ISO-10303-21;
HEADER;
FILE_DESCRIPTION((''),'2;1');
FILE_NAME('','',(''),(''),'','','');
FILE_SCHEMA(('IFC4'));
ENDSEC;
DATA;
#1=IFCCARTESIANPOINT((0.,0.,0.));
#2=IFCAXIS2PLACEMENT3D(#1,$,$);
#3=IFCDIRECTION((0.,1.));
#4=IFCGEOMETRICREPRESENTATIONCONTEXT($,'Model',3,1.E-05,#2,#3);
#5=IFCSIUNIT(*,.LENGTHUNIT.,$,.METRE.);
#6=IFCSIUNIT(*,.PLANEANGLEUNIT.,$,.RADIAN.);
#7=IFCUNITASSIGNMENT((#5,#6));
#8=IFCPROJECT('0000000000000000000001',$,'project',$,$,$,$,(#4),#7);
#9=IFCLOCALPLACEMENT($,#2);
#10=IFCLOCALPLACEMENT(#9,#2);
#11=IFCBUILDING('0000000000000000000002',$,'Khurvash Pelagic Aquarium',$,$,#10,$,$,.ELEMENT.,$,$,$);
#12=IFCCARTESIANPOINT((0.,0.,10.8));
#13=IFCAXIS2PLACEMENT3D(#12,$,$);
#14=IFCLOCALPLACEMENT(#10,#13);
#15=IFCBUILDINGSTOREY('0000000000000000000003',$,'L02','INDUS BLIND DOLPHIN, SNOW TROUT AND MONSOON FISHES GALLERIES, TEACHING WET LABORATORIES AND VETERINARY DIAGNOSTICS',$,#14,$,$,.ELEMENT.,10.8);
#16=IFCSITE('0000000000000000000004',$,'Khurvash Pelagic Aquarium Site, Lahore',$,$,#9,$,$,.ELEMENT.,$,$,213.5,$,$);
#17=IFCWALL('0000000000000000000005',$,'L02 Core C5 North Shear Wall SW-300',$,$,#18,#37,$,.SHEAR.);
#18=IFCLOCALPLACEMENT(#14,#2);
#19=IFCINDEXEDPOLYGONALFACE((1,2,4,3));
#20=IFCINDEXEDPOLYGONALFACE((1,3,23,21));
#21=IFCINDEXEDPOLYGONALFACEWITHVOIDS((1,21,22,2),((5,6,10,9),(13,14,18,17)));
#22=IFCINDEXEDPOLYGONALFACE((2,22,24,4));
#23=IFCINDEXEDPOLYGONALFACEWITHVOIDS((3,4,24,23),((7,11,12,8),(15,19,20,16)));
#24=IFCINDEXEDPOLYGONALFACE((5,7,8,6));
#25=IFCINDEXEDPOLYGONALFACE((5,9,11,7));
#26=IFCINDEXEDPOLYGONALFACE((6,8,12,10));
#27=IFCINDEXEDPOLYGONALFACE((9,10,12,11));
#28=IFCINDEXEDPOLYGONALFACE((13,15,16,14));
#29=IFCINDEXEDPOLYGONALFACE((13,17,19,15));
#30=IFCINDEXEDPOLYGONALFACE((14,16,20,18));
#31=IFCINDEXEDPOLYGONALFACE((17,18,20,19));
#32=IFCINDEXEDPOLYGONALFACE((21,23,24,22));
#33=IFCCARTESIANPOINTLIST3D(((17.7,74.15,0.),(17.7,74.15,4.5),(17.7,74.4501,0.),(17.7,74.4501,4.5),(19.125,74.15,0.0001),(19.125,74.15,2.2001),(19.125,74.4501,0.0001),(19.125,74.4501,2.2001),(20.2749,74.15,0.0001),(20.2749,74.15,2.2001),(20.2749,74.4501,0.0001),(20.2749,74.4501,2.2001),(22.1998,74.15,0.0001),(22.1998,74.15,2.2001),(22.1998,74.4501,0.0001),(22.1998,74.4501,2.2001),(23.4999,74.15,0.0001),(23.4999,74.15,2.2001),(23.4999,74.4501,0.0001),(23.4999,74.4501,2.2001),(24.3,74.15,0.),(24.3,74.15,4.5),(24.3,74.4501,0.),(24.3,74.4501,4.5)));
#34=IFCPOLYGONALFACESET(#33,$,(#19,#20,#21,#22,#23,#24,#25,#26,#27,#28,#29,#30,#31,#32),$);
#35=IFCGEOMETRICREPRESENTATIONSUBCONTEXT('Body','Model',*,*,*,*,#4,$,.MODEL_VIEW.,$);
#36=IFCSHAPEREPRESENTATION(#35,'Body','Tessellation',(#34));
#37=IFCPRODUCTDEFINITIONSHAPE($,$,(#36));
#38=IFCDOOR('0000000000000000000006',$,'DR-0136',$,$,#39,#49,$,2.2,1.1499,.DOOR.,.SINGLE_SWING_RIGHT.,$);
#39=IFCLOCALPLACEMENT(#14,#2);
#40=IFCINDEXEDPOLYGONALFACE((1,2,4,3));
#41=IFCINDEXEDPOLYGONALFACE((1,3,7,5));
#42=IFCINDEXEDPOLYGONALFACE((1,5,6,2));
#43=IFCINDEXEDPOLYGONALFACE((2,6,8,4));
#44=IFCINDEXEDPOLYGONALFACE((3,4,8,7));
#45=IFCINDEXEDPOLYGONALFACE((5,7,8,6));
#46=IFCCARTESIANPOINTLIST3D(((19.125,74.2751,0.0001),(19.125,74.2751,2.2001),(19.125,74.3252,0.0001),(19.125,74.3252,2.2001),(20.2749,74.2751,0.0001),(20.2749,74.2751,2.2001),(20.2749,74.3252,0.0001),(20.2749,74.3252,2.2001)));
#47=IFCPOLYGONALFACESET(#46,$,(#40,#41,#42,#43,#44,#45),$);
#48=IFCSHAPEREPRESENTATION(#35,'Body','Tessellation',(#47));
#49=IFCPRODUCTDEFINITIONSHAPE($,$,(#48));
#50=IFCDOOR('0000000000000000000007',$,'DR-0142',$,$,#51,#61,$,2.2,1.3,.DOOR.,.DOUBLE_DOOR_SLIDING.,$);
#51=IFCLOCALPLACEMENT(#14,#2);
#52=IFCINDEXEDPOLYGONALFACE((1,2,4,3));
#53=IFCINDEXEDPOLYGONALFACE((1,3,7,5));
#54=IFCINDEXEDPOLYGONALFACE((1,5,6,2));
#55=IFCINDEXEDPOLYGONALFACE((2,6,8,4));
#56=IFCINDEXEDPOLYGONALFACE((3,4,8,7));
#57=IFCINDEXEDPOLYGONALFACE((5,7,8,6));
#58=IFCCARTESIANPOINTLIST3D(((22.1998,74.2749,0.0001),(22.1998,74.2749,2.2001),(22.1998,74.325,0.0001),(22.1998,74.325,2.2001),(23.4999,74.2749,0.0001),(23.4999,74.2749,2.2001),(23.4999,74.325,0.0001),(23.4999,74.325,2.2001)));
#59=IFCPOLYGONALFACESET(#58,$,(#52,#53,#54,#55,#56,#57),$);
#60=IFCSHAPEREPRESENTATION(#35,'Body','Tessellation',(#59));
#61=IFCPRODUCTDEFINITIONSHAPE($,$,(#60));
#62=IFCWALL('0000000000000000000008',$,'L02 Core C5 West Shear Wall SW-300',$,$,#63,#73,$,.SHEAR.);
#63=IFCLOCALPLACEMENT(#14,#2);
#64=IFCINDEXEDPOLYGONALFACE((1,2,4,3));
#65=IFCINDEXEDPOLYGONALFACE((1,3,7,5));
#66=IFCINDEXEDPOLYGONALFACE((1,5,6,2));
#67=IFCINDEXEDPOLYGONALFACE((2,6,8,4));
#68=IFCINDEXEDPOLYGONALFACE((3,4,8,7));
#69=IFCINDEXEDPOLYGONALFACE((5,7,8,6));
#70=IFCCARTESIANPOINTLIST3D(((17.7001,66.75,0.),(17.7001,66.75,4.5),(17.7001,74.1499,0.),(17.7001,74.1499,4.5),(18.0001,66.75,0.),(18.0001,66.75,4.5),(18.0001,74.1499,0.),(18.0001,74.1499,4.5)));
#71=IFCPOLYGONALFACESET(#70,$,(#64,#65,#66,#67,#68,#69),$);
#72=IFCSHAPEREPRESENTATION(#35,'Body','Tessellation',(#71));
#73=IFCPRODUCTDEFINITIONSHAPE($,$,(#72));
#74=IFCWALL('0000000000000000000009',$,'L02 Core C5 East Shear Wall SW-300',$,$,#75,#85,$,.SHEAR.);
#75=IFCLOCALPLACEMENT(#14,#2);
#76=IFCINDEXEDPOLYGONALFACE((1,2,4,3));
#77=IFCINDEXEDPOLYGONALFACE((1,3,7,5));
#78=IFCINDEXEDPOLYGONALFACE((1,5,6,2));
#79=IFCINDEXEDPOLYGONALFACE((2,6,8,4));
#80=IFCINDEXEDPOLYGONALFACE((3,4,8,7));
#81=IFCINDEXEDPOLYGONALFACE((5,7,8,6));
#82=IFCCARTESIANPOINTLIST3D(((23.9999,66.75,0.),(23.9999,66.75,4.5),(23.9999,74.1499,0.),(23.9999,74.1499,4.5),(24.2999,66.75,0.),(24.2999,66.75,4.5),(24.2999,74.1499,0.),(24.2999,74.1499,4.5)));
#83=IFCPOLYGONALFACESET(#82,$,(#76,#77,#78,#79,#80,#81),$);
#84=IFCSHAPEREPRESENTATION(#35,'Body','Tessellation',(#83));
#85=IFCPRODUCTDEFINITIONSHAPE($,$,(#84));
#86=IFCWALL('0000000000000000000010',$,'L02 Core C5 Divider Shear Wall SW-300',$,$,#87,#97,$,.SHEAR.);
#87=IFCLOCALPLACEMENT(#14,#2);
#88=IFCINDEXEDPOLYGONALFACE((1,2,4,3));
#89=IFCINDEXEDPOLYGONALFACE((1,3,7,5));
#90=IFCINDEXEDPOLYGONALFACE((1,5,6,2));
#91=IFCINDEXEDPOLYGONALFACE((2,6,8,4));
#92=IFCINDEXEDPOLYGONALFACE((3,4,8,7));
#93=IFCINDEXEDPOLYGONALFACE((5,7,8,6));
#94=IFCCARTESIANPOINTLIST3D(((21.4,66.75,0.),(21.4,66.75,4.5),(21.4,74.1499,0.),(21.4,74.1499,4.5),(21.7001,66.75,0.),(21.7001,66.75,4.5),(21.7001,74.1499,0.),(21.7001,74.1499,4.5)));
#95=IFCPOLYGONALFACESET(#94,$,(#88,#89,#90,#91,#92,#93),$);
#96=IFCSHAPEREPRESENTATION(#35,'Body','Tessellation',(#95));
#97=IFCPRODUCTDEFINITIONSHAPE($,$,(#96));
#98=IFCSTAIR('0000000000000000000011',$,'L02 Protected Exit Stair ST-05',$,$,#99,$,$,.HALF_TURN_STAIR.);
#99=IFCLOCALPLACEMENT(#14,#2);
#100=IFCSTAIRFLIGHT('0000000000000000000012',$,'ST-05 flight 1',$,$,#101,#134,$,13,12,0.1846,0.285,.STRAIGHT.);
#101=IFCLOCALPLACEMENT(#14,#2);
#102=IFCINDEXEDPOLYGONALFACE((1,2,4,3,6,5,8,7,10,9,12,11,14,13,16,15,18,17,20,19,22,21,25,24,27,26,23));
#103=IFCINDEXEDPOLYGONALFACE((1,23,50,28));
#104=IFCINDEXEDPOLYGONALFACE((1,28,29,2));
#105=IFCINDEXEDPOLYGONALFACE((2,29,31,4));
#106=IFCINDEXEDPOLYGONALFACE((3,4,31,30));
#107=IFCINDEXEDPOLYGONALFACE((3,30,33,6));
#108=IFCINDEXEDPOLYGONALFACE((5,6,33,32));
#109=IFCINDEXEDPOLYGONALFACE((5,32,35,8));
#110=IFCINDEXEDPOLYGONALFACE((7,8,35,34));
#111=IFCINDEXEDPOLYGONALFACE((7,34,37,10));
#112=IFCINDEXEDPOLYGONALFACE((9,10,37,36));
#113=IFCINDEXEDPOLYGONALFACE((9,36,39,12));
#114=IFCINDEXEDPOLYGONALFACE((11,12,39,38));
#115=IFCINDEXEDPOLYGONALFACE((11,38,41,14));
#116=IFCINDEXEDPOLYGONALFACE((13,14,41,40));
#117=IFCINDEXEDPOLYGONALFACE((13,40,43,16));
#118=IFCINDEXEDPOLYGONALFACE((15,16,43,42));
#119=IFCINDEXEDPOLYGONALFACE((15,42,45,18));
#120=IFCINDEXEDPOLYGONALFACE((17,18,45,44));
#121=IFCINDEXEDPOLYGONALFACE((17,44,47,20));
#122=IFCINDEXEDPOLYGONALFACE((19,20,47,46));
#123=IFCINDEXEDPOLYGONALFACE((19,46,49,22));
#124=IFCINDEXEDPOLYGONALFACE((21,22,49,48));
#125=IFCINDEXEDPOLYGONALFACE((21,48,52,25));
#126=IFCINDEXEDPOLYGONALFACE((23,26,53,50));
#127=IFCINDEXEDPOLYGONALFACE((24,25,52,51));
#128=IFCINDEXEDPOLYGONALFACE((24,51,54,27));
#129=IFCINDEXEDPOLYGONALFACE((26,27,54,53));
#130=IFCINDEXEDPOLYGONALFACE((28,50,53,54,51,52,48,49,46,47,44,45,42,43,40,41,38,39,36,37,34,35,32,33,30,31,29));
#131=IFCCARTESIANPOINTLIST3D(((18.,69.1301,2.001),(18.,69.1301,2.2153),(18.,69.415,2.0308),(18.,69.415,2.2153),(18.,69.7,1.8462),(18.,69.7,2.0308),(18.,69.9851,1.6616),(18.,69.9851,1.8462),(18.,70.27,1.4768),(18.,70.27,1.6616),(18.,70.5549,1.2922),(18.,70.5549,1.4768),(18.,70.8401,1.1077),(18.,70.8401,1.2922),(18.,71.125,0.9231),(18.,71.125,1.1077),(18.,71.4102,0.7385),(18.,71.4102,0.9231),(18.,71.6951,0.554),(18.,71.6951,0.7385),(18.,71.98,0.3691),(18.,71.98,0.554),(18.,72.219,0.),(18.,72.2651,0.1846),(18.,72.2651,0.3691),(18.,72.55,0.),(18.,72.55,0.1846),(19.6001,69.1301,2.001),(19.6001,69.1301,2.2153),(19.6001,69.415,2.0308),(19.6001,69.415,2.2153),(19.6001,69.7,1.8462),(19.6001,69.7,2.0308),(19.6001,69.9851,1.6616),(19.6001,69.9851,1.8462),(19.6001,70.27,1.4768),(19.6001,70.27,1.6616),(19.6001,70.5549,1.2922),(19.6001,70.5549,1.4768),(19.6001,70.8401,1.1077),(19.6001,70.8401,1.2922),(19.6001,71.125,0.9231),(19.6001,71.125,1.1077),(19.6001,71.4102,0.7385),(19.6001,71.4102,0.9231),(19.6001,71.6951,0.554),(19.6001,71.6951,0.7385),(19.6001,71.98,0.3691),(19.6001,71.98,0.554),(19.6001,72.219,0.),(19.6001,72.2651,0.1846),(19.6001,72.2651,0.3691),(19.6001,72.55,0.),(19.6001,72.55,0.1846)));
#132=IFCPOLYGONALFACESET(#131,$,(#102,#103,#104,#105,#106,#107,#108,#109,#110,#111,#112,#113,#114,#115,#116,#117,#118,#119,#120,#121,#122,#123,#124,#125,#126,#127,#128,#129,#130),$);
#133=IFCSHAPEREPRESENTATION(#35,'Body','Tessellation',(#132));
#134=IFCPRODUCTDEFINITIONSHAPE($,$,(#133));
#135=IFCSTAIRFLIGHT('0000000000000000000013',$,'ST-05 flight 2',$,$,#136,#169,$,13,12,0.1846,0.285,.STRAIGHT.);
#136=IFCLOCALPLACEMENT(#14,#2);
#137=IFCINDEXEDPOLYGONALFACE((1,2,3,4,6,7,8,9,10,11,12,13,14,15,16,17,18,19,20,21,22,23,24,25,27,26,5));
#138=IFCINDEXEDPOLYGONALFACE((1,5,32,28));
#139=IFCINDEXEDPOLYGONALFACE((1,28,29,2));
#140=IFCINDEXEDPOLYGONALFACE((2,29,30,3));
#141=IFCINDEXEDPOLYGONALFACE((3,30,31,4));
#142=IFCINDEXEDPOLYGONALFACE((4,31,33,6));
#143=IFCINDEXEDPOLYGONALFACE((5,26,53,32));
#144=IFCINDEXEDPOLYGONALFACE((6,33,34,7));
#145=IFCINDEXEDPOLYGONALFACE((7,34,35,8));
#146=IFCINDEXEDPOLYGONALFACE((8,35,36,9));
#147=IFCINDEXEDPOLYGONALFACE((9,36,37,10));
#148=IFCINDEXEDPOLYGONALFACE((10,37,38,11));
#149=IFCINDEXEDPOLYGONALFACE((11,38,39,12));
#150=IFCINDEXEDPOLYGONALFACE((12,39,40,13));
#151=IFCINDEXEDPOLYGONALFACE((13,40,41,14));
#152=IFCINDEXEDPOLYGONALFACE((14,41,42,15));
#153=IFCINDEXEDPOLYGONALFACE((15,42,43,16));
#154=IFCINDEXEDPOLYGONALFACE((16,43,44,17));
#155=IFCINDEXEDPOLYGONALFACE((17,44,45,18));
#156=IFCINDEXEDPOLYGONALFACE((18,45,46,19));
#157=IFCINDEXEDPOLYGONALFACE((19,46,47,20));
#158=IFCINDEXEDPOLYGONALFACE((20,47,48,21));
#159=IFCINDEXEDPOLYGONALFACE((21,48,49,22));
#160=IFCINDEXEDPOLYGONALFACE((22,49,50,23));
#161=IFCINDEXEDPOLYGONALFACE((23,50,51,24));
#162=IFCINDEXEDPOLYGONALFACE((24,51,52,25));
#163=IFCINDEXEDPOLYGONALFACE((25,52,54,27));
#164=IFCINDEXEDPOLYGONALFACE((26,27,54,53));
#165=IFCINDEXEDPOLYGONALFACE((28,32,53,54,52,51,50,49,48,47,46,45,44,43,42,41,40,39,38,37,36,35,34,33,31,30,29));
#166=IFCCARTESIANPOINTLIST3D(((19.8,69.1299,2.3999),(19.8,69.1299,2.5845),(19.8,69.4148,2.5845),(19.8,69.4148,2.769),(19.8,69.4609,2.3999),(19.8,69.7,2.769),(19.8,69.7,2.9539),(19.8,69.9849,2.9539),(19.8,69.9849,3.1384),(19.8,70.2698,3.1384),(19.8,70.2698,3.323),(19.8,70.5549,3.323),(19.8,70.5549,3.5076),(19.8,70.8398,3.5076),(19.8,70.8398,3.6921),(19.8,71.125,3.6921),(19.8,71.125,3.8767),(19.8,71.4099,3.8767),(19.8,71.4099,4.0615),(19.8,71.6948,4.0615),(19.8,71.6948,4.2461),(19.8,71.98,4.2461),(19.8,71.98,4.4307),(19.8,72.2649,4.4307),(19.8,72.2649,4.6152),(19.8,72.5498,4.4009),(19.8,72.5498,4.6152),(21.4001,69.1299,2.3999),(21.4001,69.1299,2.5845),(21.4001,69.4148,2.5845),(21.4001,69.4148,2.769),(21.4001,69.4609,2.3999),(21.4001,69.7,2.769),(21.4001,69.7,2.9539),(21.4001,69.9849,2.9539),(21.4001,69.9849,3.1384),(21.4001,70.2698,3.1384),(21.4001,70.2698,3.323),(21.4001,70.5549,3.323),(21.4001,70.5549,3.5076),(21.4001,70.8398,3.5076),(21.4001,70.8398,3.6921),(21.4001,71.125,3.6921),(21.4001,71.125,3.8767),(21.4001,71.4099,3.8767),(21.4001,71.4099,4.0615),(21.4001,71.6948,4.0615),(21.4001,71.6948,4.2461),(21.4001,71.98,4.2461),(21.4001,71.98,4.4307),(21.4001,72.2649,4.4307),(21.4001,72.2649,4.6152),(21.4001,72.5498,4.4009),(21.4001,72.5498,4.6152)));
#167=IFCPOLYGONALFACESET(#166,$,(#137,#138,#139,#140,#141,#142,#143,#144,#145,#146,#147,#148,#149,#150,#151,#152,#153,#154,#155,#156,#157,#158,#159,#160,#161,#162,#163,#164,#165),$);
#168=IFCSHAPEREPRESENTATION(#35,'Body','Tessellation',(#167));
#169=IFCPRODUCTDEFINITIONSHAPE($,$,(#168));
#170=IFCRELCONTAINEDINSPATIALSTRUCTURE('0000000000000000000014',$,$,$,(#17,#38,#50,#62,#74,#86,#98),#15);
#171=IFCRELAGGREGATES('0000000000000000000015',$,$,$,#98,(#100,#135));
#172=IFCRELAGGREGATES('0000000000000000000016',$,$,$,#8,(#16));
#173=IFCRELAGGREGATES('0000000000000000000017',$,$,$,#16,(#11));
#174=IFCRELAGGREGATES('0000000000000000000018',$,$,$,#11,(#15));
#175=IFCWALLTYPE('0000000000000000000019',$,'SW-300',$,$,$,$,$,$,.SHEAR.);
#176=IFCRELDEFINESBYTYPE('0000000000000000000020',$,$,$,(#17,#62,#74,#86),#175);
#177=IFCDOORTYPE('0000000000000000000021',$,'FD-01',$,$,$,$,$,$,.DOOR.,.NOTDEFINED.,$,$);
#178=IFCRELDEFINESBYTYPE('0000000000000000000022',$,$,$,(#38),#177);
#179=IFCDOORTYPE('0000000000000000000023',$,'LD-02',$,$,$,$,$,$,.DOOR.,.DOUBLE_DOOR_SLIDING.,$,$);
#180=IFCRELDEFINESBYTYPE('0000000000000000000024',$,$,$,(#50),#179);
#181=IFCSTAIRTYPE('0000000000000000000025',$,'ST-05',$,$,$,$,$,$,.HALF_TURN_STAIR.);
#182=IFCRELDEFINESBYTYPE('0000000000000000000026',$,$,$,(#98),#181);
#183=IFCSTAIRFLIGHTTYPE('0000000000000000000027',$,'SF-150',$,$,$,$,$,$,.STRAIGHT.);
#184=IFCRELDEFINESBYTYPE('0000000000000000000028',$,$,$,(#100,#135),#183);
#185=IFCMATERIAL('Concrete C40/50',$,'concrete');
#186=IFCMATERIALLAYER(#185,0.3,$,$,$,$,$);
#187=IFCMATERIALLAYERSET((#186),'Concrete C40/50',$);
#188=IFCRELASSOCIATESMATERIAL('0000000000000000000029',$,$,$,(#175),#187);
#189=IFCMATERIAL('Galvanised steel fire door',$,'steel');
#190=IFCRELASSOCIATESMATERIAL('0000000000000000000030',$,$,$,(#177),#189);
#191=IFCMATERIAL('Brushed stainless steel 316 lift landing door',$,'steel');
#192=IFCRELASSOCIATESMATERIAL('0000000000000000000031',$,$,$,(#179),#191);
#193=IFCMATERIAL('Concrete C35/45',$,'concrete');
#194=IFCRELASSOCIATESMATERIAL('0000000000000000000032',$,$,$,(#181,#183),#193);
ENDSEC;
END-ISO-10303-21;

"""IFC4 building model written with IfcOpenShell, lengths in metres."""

from ifc_helpers import new_model, si_unit, direction, frame, frame_2d, origin, place, context, subcontext, project, spatial, polyline, rectangle, outline, extrude, material, layer, layer_set, type_object, element, fill, aggregate, save


model = new_model("IFC4")

# Units and contexts
model_context = context("Model", 3, precision=1e-05, world=origin(), true_north=direction((0.0, 1.0)))
body_context = subcontext(model_context, "Body", "Model", "MODEL_VIEW")
ifc_project = project(units=[si_unit("LENGTHUNIT", "METRE"), si_unit("PLANEANGLEUNIT", "RADIAN")], contexts=[model_context])

# Site, building, storey
site_placement = place(None, origin())
site = spatial("IfcSite", under=ifc_project, at=site_placement, Name="Khurvash Pelagic Aquarium Site, Lahore", CompositionType="ELEMENT", RefElevation=213.5)
building_placement = place(site_placement, origin())
building = spatial("IfcBuilding", under=site, at=building_placement, Name="Khurvash Pelagic Aquarium", CompositionType="ELEMENT")
storey_placement = place(building_placement, frame((0.0, 0.0, 10.8)))
storey = spatial("IfcBuildingStorey", under=building, at=storey_placement, Name="L02", Description="INDUS BLIND DOLPHIN, SNOW TROUT AND MONSOON FISHES GALLERIES, TEACHING WET LABORATORIES AND VETERINARY DIAGNOSTICS", CompositionType="ELEMENT", Elevation=10.8)

# Shared definitions
ifc_material_1 = material(Name="Concrete C40/50", Category="concrete")

# Shared definitions
ifc_material_2 = material(Name="Concrete C35/45", Category="concrete")

# Shared definitions
ifc_layer_1 = layer(ifc_material_1, 0.3)
ifc_layer_set_1 = layer_set([ifc_layer_1], Name="Concrete C40/50")
wall_type_1 = type_object("IfcWallType", Name="SW-300", PredefinedType="SHEAR", material=ifc_layer_set_1)

# Wall, openings, doors
wall_1_placement = place(storey_placement, frame((17.7, 74.3, 0.0), z_axis=(0.0, 0.0, 1.0), x_axis=(1.0, 0.0, 0.0)))
wall_1 = element("IfcWall", 1, at=wall_1_placement, inside=storey, type_object=wall_type_1, Name="L02 Core C5 North Shear Wall SW-300", PredefinedType="SHEAR", context=body_context, shape_type="SweptSolid", body=[
    extrude(rectangle(XDim=6.6001, YDim=0.3, at=frame_2d((3.3, 0.0))), origin(), (0.0, 0.0, 1.0), 4.5),
])
opening_1_placement = place(wall_1_placement, frame((1.425, 0.0, 0.0)))
opening_1 = element("IfcOpeningElement", 2, at=opening_1_placement, cuts=wall_1, PredefinedType="OPENING", context=body_context, shape_type="SweptSolid", body=[
    extrude(rectangle(XDim=1.1499, YDim=2.2, at=frame_2d((0.575, 1.1001))), frame((0.0, 0.1602, 0.0), z_axis=(0.0, -1.0, 0.0), x_axis=(1.0, 0.0, 0.0)), (0.0, 0.0, 1.0), 0.3201),
])
opening_2_placement = place(wall_1_placement, frame((4.5, 0.0, 0.0)))
opening_2 = element("IfcOpeningElement", 3, at=opening_2_placement, cuts=wall_1, PredefinedType="OPENING", context=body_context, shape_type="SweptSolid", body=[
    extrude(rectangle(XDim=1.3, YDim=2.2, at=frame_2d((0.6499, 1.1001))), frame((0.0, 0.1602, 0.0), z_axis=(0.0, -1.0, 0.0), x_axis=(1.0, 0.0, 0.0)), (0.0, 0.0, 1.0), 0.3201),
])
ifc_material_3 = material(Name="Galvanised steel fire door", Category="steel")
door_type_1 = type_object("IfcDoorType", Name="FD-01", OperationType="NOTDEFINED", PredefinedType="DOOR", material=ifc_material_3)
door_1_placement = place(opening_1_placement, frame((1.1499, 0.0, 0.0), z_axis=(0.0, 0.0, 1.0), x_axis=(-1.0, 0.0, 0.0)))
door_1 = element("IfcDoor", 4, at=door_1_placement, inside=storey, type_object=door_type_1, Name="DR-0136", OperationType="SINGLE_SWING_RIGHT", OverallHeight=2.2, OverallWidth=1.1499, PredefinedType="DOOR", context=body_context, shape_type="SweptSolid", body=[
    extrude(rectangle(XDim=1.1499, YDim=2.2, at=frame_2d((0.575, 1.1001))), frame((0.0, 0.0249, 0.0), z_axis=(0.0, -1.0, 0.0), x_axis=(1.0, 0.0, 0.0)), (0.0, 0.0, 1.0), 0.05),
])
fill(opening_1, door_1)
ifc_material_4 = material(Name="Brushed stainless steel 316 lift landing door", Category="steel")
door_type_2 = type_object("IfcDoorType", Name="LD-02", OperationType="DOUBLE_DOOR_SLIDING", PredefinedType="DOOR", material=ifc_material_4)
door_2_placement = place(opening_2_placement, origin())
door_2 = element("IfcDoor", 5, at=door_2_placement, inside=storey, type_object=door_type_2, Name="DR-0142", OperationType="DOUBLE_DOOR_SLIDING", OverallHeight=2.2, OverallWidth=1.3, PredefinedType="DOOR", context=body_context, shape_type="SweptSolid", body=[
    extrude(rectangle(XDim=1.3, YDim=2.2, at=frame_2d((0.6499, 1.1001))), frame((0.0, 0.0249, 0.0), z_axis=(0.0, -1.0, 0.0), x_axis=(1.0, 0.0, 0.0)), (0.0, 0.0, 1.0), 0.05),
])
fill(opening_2, door_2)

# Walls
for number, where, z_axis, x_axis, name in (
    (6, (17.8501, 66.75, 0.0), (0.0, 0.0, 1.0), (0.0, 1.0, 0.0), "L02 Core C5 West Shear Wall SW-300"),
    (7, (24.1499, 66.75, 0.0), (0.0, 0.0, 1.0), (0.0, 1.0, 0.0), "L02 Core C5 East Shear Wall SW-300"),
    (8, (21.55, 66.75, 0.0), (0.0, 0.0, 1.0), (0.0, 1.0, 0.0), "L02 Core C5 Divider Shear Wall SW-300"),
):
    element("IfcWall", number, at=place(storey_placement, frame(where, z_axis=z_axis, x_axis=x_axis)), inside=storey, type_object=wall_type_1, Name=name, PredefinedType="SHEAR", context=body_context, shape_type="SweptSolid", body=[
        extrude(rectangle(XDim=7.3999, YDim=0.3, at=frame_2d((3.7, 0.0))), origin(), (0.0, 0.0, 1.0), 4.5),
    ])

# Stair, stair flights
stair_type = type_object("IfcStairType", Name="ST-05", PredefinedType="HALF_TURN_STAIR", material=ifc_material_2)
stair_placement = place(storey_placement, origin())
stair = element("IfcStair", 9, at=stair_placement, inside=storey, type_object=stair_type, Name="L02 Protected Exit Stair ST-05", PredefinedType="HALF_TURN_STAIR")
stair_flight_type = type_object("IfcStairFlightType", Name="SF-150", PredefinedType="STRAIGHT", material=ifc_material_2)
stair_flight_1_placement = place(storey_placement, frame((18.8, 72.55, 0.0), z_axis=(0.0, 0.0, 1.0), x_axis=(0.0, -1.0, 0.0)))
stair_flight_1 = element("IfcStairFlight", 10, at=stair_flight_1_placement, type_object=stair_flight_type, Name="ST-05 flight 1", NumberOfRisers=13, NumberOfTreads=12, PredefinedType="STRAIGHT", RiserHeight=0.1846, TreadLength=0.285, context=body_context, shape_type="SweptSolid", body=[
    extrude(outline(polyline([(0.0, 0.0), (0.0, 0.1846), (0.2849, 0.1846), (0.2849, 0.3691), (0.5701, 0.3691), (0.5701, 0.554), (0.855, 0.554), (0.855, 0.7385), (1.1399, 0.7385), (1.1399, 0.9231), (1.425, 0.9231), (1.425, 1.1077), (1.71, 1.1077), (1.71, 1.2922), (1.9951, 1.2922), (1.9951, 1.4768), (2.28, 1.4768), (2.28, 1.6616), (2.5649, 1.6616), (2.5649, 1.8462), (2.8501, 1.8462), (2.8501, 2.0308), (3.135, 2.0308), (3.135, 2.2153), (3.4199, 2.2153), (3.4199, 2.3999), (3.4199, 2.001), (0.3311, 0.0), (0.0, 0.0)])), frame((0.0, 0.8, 0.0), z_axis=(0.0, -1.0, 0.0), x_axis=(1.0, 0.0, 0.0)), (0.0, 0.0, 1.0), 1.6001),
])
stair_flight_2_placement = place(storey_placement, frame((20.6001, 69.1299, 2.3999), z_axis=(0.0, 0.0, 1.0), x_axis=(0.0, 1.0, 0.0)))
stair_flight_2 = element("IfcStairFlight", 11, at=stair_flight_2_placement, type_object=stair_flight_type, Name="ST-05 flight 2", NumberOfRisers=13, NumberOfTreads=12, PredefinedType="STRAIGHT", RiserHeight=0.1846, TreadLength=0.285, context=body_context, shape_type="SweptSolid", body=[
    extrude(outline(polyline([(0.0, 0.0), (0.0, 0.1846), (0.2849, 0.1846), (0.2849, 0.3691), (0.5701, 0.3691), (0.5701, 0.554), (0.855, 0.554), (0.855, 0.7385), (1.1399, 0.7385), (1.1399, 0.9231), (1.425, 0.9231), (1.425, 1.1077), (1.71, 1.1077), (1.71, 1.2922), (1.9951, 1.2922), (1.9951, 1.4768), (2.28, 1.4768), (2.28, 1.6616), (2.5649, 1.6616), (2.5649, 1.8462), (2.8501, 1.8462), (2.8501, 2.0308), (3.135, 2.0308), (3.135, 2.2153), (3.4199, 2.2153), (3.4199, 2.3999), (3.4199, 2.001), (0.3311, 0.0), (0.0, 0.0)])), frame((0.0, 0.8, 0.0), z_axis=(0.0, -1.0, 0.0), x_axis=(1.0, 0.0, 0.0)), (0.0, 0.0, 1.0), 1.6001),
])
aggregate(stair, [stair_flight_1, stair_flight_2])

save(model, "model.ifc")
